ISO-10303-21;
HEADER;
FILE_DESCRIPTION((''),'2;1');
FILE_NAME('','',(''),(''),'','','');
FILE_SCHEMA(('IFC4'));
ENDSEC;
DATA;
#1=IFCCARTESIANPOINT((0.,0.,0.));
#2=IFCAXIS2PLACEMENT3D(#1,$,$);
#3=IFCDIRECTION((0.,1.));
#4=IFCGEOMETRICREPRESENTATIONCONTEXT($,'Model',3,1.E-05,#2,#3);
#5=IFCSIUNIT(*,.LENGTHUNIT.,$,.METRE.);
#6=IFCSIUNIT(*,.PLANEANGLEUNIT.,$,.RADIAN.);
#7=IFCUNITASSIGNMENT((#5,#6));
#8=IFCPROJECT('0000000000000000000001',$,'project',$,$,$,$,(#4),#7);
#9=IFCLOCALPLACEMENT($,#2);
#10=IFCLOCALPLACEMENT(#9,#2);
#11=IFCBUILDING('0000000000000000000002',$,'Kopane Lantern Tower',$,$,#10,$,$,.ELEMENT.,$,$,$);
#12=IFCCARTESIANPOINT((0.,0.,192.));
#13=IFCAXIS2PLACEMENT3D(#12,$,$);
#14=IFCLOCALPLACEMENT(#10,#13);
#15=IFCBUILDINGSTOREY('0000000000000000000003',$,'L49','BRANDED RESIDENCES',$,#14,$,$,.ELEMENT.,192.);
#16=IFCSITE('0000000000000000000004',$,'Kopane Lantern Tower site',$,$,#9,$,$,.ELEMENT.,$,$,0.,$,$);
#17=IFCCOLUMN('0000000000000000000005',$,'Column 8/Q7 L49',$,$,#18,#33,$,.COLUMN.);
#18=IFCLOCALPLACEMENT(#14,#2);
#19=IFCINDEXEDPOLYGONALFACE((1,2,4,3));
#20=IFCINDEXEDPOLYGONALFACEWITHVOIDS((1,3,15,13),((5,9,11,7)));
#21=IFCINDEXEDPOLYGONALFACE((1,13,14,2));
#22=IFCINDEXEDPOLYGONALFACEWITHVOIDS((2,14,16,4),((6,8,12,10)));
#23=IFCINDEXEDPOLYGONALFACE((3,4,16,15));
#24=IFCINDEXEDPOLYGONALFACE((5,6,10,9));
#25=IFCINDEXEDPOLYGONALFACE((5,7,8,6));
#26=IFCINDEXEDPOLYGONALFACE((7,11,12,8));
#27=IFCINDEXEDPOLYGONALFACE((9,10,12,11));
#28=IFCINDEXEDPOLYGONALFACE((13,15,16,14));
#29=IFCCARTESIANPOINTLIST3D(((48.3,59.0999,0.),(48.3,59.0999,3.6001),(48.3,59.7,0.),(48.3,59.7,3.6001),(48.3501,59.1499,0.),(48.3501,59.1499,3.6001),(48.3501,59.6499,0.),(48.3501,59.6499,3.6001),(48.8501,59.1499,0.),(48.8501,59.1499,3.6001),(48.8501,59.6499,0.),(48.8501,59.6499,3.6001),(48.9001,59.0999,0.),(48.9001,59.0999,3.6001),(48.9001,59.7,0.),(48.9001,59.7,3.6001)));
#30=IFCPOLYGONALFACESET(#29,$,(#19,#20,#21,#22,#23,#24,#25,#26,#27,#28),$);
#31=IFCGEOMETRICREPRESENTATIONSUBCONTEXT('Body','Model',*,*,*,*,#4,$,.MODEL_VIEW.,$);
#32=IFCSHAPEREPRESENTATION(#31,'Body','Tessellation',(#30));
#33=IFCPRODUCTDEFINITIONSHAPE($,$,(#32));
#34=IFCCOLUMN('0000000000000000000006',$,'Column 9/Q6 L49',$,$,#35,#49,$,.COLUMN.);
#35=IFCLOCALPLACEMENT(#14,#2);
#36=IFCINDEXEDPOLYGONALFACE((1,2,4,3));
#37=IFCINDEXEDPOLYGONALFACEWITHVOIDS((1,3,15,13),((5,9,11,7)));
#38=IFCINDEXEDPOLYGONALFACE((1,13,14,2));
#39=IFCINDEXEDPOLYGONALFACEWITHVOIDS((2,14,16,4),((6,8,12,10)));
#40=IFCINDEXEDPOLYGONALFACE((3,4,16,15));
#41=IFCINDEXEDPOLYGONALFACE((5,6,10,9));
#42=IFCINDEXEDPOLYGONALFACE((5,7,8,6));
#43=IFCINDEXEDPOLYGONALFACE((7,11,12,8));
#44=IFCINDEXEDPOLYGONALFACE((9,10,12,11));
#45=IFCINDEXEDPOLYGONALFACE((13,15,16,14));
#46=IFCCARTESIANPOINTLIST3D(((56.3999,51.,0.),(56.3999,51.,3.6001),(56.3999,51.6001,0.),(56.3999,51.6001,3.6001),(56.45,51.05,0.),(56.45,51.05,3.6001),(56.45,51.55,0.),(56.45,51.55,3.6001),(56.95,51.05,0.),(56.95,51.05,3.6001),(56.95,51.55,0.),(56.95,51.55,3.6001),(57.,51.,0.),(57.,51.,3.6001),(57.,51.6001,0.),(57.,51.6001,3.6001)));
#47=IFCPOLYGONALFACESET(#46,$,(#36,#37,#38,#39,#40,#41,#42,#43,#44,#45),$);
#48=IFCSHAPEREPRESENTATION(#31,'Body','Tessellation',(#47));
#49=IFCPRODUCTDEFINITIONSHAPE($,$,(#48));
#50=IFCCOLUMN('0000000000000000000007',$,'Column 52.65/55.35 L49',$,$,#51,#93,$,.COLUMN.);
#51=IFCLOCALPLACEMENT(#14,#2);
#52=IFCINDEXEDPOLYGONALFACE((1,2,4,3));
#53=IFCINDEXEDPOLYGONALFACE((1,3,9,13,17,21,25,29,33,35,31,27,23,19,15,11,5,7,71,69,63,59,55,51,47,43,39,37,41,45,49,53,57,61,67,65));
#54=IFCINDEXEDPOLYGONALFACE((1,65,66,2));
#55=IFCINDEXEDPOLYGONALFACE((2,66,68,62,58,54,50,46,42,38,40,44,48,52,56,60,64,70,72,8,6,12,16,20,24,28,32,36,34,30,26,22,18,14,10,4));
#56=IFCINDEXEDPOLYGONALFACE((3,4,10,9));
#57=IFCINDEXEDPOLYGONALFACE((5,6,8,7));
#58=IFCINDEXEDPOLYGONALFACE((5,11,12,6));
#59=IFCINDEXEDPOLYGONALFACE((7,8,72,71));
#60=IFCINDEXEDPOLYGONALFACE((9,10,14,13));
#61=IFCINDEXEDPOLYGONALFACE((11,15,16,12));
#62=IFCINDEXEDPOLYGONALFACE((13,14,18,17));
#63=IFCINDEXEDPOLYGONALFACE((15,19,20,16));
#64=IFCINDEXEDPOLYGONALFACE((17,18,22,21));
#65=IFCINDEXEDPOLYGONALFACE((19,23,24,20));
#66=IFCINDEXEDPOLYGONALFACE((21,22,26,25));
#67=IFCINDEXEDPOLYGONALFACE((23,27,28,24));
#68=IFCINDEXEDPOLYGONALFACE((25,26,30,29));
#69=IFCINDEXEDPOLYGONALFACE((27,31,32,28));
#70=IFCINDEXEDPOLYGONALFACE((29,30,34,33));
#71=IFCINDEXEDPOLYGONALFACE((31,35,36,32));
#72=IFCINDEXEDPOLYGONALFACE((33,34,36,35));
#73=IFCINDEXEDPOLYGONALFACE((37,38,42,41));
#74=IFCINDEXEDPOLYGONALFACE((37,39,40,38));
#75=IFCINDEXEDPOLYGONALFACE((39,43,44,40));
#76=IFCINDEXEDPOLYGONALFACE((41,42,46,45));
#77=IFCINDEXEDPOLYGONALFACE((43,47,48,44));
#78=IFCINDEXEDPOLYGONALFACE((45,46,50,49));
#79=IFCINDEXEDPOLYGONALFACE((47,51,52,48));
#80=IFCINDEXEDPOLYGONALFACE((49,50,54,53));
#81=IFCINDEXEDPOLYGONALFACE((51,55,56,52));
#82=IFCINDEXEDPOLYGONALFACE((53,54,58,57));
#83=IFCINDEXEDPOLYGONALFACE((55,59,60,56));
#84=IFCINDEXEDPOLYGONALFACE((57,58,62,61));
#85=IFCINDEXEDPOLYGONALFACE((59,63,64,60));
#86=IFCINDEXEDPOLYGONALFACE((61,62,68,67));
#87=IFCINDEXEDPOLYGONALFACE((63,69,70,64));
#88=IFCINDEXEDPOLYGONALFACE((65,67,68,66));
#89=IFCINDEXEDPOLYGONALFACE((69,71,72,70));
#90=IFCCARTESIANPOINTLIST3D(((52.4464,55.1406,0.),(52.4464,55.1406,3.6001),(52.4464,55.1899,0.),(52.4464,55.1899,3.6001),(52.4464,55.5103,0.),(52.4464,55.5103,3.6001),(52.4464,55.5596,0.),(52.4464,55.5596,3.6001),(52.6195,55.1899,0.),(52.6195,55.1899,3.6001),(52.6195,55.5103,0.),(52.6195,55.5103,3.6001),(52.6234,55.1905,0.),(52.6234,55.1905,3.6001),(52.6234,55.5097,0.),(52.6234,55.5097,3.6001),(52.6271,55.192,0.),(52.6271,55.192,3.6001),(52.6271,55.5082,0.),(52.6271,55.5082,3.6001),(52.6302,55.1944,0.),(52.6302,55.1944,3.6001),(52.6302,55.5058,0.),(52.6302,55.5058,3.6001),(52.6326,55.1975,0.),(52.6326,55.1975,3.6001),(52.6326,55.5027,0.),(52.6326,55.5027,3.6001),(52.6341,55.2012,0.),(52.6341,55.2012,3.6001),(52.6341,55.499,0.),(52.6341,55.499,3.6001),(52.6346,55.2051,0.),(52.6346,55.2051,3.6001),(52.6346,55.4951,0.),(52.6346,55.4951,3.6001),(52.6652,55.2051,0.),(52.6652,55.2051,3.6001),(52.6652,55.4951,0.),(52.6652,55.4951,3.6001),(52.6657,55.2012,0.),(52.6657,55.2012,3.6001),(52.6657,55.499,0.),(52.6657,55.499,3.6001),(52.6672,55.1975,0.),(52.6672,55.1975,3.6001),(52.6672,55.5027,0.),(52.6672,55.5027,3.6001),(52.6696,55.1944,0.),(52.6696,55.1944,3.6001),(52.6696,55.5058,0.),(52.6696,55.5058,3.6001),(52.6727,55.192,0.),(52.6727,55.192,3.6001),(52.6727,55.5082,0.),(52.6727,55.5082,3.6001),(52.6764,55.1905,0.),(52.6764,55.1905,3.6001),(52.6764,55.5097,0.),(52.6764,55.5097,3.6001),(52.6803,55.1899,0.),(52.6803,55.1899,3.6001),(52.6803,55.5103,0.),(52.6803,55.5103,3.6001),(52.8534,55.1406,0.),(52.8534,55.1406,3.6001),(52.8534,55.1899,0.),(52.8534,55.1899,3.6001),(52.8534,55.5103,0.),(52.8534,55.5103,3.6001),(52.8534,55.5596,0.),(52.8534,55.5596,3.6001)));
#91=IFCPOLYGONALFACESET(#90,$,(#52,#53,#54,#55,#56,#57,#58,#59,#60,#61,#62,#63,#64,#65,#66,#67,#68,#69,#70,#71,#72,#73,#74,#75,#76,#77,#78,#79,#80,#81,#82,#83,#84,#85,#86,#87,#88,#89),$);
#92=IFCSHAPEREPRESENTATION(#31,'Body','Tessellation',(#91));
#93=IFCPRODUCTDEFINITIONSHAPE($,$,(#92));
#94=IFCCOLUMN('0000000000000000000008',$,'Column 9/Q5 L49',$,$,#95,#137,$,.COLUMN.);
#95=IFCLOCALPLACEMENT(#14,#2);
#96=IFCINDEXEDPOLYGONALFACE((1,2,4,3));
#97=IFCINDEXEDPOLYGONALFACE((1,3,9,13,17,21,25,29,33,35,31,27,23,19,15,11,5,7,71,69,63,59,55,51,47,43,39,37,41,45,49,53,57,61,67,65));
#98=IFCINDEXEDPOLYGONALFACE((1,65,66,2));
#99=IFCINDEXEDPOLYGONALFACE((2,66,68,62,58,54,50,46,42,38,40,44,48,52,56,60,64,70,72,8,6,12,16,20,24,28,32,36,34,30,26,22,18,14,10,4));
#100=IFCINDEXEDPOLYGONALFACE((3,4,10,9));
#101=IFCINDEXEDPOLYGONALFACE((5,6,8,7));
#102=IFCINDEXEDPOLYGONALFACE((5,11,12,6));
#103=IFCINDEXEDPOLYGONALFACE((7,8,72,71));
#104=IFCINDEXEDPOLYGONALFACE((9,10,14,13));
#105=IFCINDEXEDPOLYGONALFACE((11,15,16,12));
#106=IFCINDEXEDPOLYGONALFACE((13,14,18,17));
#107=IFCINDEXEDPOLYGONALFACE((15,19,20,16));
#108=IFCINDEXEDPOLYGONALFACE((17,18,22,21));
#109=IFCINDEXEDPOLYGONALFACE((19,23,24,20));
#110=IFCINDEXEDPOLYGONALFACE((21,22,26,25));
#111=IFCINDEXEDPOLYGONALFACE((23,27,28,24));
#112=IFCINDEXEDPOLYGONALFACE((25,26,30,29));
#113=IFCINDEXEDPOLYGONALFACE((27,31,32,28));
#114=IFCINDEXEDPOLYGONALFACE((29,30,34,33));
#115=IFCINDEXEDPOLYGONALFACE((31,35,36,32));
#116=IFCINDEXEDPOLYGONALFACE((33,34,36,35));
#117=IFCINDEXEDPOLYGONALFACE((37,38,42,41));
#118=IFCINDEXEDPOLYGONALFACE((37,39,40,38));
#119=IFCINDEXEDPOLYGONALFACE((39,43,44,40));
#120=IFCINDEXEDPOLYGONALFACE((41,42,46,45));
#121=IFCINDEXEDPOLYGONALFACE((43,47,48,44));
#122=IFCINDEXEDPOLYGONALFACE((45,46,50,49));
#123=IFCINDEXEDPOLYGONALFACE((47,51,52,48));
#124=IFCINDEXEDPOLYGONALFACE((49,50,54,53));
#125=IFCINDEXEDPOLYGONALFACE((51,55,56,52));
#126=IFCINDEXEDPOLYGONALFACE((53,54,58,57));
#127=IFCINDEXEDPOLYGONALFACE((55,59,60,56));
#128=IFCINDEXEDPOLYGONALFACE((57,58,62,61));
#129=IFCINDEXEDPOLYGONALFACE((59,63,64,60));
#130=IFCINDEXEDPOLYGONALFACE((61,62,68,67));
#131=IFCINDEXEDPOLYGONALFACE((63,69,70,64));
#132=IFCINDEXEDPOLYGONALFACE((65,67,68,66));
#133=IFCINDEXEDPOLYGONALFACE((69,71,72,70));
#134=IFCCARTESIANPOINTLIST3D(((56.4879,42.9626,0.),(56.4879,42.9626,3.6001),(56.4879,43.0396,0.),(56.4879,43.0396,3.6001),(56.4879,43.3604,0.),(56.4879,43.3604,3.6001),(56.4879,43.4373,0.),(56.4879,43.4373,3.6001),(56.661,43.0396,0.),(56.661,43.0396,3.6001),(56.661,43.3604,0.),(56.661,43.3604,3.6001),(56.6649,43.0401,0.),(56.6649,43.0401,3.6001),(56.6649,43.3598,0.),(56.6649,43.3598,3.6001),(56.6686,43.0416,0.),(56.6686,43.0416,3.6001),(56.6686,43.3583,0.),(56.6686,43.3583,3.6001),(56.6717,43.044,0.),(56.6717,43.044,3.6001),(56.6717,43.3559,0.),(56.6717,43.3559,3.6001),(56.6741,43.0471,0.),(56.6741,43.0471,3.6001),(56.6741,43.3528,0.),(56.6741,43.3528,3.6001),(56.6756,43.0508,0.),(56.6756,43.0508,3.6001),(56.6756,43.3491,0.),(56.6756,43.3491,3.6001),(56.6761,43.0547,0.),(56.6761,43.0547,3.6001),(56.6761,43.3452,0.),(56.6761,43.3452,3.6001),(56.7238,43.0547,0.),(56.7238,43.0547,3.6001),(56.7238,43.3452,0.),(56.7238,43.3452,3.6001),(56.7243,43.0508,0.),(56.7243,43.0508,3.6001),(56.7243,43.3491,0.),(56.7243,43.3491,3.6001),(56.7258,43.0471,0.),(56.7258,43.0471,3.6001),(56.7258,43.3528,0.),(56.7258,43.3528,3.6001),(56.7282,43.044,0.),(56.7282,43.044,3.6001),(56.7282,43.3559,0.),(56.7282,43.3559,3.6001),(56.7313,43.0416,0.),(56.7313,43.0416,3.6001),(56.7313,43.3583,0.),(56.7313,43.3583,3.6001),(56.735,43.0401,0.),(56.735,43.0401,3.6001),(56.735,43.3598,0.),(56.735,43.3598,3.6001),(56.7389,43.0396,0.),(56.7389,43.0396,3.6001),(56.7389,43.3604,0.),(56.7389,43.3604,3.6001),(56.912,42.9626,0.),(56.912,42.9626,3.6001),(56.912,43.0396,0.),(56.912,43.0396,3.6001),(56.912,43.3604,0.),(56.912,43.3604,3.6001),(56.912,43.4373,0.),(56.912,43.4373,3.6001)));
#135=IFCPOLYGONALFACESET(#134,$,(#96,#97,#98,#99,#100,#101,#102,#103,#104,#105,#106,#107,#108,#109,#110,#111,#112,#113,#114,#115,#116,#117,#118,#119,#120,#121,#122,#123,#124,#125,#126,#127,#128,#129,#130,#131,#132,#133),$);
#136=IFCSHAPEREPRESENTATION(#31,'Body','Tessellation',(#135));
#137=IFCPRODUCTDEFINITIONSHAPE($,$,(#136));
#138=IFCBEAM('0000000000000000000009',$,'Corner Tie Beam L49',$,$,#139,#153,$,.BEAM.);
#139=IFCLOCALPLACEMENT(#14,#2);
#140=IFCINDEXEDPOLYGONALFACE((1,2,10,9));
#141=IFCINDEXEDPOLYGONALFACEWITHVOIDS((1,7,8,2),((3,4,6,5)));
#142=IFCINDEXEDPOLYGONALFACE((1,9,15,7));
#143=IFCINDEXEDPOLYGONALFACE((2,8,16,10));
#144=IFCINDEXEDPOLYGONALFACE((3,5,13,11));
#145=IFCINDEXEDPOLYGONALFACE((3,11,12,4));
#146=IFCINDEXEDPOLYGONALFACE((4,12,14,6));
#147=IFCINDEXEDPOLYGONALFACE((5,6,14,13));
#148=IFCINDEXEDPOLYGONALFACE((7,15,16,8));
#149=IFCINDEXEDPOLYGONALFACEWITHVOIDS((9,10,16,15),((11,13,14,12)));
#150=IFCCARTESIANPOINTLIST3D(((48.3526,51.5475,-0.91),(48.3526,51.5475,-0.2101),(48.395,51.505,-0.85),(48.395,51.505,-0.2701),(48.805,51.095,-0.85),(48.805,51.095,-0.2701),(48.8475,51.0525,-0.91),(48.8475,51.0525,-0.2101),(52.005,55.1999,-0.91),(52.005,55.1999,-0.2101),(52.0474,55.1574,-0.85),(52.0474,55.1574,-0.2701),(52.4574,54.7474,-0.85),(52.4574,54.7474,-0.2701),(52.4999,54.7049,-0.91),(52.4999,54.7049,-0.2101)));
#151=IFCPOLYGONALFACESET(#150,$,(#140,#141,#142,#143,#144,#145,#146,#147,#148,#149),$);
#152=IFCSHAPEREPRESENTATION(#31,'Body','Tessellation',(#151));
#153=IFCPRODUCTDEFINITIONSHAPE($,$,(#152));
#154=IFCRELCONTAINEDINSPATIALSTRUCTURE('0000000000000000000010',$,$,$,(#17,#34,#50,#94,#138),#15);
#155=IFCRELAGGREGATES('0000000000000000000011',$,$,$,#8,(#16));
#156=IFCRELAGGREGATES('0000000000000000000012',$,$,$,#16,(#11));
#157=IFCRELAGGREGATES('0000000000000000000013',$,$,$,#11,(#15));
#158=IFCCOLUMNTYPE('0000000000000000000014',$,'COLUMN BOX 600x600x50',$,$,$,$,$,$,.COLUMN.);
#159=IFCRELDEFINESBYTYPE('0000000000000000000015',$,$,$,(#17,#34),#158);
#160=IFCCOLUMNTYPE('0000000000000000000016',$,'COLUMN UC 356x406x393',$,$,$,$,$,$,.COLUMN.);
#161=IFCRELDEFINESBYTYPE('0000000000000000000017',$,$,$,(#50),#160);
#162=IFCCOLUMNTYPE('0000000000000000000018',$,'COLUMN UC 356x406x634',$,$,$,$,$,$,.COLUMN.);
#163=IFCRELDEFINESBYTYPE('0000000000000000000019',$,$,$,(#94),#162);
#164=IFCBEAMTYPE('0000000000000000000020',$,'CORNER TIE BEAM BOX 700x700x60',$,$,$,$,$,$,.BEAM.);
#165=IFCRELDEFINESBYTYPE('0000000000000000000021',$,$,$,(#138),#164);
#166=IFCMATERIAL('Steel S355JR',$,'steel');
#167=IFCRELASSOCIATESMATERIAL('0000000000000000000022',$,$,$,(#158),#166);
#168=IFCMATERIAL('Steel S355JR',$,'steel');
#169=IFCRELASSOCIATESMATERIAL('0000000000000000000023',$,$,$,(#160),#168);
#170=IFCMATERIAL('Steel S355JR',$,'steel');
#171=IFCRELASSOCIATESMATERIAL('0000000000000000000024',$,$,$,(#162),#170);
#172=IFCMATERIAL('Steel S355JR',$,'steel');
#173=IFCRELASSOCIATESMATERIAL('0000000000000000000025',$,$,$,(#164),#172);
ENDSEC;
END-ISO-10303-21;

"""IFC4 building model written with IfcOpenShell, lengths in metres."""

from ifc_helpers import new_model, si_unit, direction, frame, origin, origin_2d, place, context, subcontext, project, spatial, hollow_rectangle, i_section, extrude, material, material_profile, profile_set, type_object, element, save


model = new_model("IFC4")

# Units and contexts
model_context = context("Model", 3, precision=1e-05, world=origin(), true_north=direction((0.0, 1.0)))
body_context = subcontext(model_context, "Body", "Model", "MODEL_VIEW")
ifc_project = project(units=[si_unit("LENGTHUNIT", "METRE"), si_unit("PLANEANGLEUNIT", "RADIAN")], contexts=[model_context])

# Site, building, storey
site_placement = place(None, origin())
site = spatial("IfcSite", under=ifc_project, at=site_placement, Name="Kopane Lantern Tower site", CompositionType="ELEMENT", RefElevation=0.0)
building_placement = place(site_placement, origin())
building = spatial("IfcBuilding", under=site, at=building_placement, Name="Kopane Lantern Tower", CompositionType="ELEMENT")
storey_placement = place(building_placement, frame((0.0, 0.0, 192.0)))
storey = spatial("IfcBuildingStorey", under=building, at=storey_placement, Name="L49", Description="BRANDED RESIDENCES", CompositionType="ELEMENT", Elevation=192.0)

# Columns
ifc_material_1 = material(Name="Steel S355JR", Category="steel")
ifc_material_profile_1 = material_profile(ifc_material_1, hollow_rectangle(XDim=0.6001, YDim=0.6001, WallThickness=0.05, at=origin_2d()), Name="BOX 600x600x50")
ifc_profile_set_1 = profile_set([ifc_material_profile_1], Name="Steel S355JR")
column_type_1 = type_object("IfcColumnType", Name="COLUMN BOX 600x600x50", PredefinedType="COLUMN", material=ifc_profile_set_1)
for number, where, z_axis, x_axis, name in (
    (1, (48.6001, 59.3999, 0.0), (0.0, 0.0, 1.0), (1.0, 0.0, 0.0), "Column 8/Q7 L49"),
    (2, (56.7, 51.3, 0.0), (0.0, 0.0, 1.0), (1.0, 0.0, 0.0), "Column 9/Q6 L49"),
):
    element("IfcColumn", number, at=place(storey_placement, frame(where, z_axis=z_axis, x_axis=x_axis)), inside=storey, type_object=column_type_1, Name=name, PredefinedType="COLUMN", context=body_context, shape_type="SweptSolid", body=[
        extrude(hollow_rectangle(XDim=0.6001, YDim=0.6001, WallThickness=0.05, at=origin_2d()), origin(), (0.0, 0.0, 1.0), 3.6001),
    ])
ifc_material_2 = material(Name="Steel S355JR", Category="steel")
ifc_material_profile_2 = material_profile(ifc_material_2, i_section(OverallWidth=0.407, OverallDepth=0.4189, WebThickness=0.0305, FlangeThickness=0.0493, FilletRadius=0.0151, at=origin_2d()), Name="UC 356x406x393")
ifc_profile_set_2 = profile_set([ifc_material_profile_2], Name="Steel S355JR")
column_type_2 = type_object("IfcColumnType", Name="COLUMN UC 356x406x393", PredefinedType="COLUMN", material=ifc_profile_set_2)
column_1_placement = place(storey_placement, frame((52.6499, 55.3501, 0.0), z_axis=(0.0, 0.0, 1.0), x_axis=(1.0, 0.0, 0.0)))
element("IfcColumn", 3, at=column_1_placement, inside=storey, type_object=column_type_2, Name="Column 52.65/55.35 L49", PredefinedType="COLUMN", context=body_context, shape_type="SweptSolid", body=[
    extrude(i_section(OverallWidth=0.407, OverallDepth=0.4189, WebThickness=0.0305, FlangeThickness=0.0493, FilletRadius=0.0151, at=origin_2d()), origin(), (0.0, 0.0, 1.0), 3.6001),
])
ifc_material_3 = material(Name="Steel S355JR", Category="steel")
ifc_material_profile_3 = material_profile(ifc_material_3, i_section(OverallWidth=0.4241, OverallDepth=0.4746, WebThickness=0.0476, FlangeThickness=0.0769, FilletRadius=0.0151, at=origin_2d()), Name="UC 356x406x634")
ifc_profile_set_3 = profile_set([ifc_material_profile_3], Name="Steel S355JR")
column_type_3 = type_object("IfcColumnType", Name="COLUMN UC 356x406x634", PredefinedType="COLUMN", material=ifc_profile_set_3)
column_2_placement = place(storey_placement, frame((56.7, 43.2, 0.0), z_axis=(0.0, 0.0, 1.0), x_axis=(1.0, 0.0, 0.0)))
element("IfcColumn", 4, at=column_2_placement, inside=storey, type_object=column_type_3, Name="Column 9/Q5 L49", PredefinedType="COLUMN", context=body_context, shape_type="SweptSolid", body=[
    extrude(i_section(OverallWidth=0.4241, OverallDepth=0.4746, WebThickness=0.0476, FlangeThickness=0.0769, FilletRadius=0.0151, at=origin_2d()), origin(), (0.0, 0.0, 1.0), 3.6001),
])

# Beam
ifc_material_4 = material(Name="Steel S355JR", Category="steel")
ifc_material_profile_4 = material_profile(ifc_material_4, hollow_rectangle(XDim=0.7, YDim=0.7, WallThickness=0.0601, at=origin_2d()), Name="BOX 700x700x60")
ifc_profile_set_4 = profile_set([ifc_material_profile_4], Name="Steel S355JR")
beam_type_1 = type_object("IfcBeamType", Name="CORNER TIE BEAM BOX 700x700x60", PredefinedType="BEAM", material=ifc_profile_set_4)
beam_1_placement = place(storey_placement, frame((52.2524, 54.9524, -0.5601), z_axis=(-0.707107, -0.707107, 0.0), x_axis=(0.707107, -0.707107, 0.0)))
element("IfcBeam", 5, at=beam_1_placement, inside=storey, type_object=beam_type_1, Name="Corner Tie Beam L49", PredefinedType="BEAM", context=body_context, shape_type="SweptSolid", body=[
    extrude(hollow_rectangle(XDim=0.7, YDim=0.7, WallThickness=0.0601, at=origin_2d()), origin(), (0.0, 0.0, 1.0), 5.1653),
])

save(model, "model.ifc")
